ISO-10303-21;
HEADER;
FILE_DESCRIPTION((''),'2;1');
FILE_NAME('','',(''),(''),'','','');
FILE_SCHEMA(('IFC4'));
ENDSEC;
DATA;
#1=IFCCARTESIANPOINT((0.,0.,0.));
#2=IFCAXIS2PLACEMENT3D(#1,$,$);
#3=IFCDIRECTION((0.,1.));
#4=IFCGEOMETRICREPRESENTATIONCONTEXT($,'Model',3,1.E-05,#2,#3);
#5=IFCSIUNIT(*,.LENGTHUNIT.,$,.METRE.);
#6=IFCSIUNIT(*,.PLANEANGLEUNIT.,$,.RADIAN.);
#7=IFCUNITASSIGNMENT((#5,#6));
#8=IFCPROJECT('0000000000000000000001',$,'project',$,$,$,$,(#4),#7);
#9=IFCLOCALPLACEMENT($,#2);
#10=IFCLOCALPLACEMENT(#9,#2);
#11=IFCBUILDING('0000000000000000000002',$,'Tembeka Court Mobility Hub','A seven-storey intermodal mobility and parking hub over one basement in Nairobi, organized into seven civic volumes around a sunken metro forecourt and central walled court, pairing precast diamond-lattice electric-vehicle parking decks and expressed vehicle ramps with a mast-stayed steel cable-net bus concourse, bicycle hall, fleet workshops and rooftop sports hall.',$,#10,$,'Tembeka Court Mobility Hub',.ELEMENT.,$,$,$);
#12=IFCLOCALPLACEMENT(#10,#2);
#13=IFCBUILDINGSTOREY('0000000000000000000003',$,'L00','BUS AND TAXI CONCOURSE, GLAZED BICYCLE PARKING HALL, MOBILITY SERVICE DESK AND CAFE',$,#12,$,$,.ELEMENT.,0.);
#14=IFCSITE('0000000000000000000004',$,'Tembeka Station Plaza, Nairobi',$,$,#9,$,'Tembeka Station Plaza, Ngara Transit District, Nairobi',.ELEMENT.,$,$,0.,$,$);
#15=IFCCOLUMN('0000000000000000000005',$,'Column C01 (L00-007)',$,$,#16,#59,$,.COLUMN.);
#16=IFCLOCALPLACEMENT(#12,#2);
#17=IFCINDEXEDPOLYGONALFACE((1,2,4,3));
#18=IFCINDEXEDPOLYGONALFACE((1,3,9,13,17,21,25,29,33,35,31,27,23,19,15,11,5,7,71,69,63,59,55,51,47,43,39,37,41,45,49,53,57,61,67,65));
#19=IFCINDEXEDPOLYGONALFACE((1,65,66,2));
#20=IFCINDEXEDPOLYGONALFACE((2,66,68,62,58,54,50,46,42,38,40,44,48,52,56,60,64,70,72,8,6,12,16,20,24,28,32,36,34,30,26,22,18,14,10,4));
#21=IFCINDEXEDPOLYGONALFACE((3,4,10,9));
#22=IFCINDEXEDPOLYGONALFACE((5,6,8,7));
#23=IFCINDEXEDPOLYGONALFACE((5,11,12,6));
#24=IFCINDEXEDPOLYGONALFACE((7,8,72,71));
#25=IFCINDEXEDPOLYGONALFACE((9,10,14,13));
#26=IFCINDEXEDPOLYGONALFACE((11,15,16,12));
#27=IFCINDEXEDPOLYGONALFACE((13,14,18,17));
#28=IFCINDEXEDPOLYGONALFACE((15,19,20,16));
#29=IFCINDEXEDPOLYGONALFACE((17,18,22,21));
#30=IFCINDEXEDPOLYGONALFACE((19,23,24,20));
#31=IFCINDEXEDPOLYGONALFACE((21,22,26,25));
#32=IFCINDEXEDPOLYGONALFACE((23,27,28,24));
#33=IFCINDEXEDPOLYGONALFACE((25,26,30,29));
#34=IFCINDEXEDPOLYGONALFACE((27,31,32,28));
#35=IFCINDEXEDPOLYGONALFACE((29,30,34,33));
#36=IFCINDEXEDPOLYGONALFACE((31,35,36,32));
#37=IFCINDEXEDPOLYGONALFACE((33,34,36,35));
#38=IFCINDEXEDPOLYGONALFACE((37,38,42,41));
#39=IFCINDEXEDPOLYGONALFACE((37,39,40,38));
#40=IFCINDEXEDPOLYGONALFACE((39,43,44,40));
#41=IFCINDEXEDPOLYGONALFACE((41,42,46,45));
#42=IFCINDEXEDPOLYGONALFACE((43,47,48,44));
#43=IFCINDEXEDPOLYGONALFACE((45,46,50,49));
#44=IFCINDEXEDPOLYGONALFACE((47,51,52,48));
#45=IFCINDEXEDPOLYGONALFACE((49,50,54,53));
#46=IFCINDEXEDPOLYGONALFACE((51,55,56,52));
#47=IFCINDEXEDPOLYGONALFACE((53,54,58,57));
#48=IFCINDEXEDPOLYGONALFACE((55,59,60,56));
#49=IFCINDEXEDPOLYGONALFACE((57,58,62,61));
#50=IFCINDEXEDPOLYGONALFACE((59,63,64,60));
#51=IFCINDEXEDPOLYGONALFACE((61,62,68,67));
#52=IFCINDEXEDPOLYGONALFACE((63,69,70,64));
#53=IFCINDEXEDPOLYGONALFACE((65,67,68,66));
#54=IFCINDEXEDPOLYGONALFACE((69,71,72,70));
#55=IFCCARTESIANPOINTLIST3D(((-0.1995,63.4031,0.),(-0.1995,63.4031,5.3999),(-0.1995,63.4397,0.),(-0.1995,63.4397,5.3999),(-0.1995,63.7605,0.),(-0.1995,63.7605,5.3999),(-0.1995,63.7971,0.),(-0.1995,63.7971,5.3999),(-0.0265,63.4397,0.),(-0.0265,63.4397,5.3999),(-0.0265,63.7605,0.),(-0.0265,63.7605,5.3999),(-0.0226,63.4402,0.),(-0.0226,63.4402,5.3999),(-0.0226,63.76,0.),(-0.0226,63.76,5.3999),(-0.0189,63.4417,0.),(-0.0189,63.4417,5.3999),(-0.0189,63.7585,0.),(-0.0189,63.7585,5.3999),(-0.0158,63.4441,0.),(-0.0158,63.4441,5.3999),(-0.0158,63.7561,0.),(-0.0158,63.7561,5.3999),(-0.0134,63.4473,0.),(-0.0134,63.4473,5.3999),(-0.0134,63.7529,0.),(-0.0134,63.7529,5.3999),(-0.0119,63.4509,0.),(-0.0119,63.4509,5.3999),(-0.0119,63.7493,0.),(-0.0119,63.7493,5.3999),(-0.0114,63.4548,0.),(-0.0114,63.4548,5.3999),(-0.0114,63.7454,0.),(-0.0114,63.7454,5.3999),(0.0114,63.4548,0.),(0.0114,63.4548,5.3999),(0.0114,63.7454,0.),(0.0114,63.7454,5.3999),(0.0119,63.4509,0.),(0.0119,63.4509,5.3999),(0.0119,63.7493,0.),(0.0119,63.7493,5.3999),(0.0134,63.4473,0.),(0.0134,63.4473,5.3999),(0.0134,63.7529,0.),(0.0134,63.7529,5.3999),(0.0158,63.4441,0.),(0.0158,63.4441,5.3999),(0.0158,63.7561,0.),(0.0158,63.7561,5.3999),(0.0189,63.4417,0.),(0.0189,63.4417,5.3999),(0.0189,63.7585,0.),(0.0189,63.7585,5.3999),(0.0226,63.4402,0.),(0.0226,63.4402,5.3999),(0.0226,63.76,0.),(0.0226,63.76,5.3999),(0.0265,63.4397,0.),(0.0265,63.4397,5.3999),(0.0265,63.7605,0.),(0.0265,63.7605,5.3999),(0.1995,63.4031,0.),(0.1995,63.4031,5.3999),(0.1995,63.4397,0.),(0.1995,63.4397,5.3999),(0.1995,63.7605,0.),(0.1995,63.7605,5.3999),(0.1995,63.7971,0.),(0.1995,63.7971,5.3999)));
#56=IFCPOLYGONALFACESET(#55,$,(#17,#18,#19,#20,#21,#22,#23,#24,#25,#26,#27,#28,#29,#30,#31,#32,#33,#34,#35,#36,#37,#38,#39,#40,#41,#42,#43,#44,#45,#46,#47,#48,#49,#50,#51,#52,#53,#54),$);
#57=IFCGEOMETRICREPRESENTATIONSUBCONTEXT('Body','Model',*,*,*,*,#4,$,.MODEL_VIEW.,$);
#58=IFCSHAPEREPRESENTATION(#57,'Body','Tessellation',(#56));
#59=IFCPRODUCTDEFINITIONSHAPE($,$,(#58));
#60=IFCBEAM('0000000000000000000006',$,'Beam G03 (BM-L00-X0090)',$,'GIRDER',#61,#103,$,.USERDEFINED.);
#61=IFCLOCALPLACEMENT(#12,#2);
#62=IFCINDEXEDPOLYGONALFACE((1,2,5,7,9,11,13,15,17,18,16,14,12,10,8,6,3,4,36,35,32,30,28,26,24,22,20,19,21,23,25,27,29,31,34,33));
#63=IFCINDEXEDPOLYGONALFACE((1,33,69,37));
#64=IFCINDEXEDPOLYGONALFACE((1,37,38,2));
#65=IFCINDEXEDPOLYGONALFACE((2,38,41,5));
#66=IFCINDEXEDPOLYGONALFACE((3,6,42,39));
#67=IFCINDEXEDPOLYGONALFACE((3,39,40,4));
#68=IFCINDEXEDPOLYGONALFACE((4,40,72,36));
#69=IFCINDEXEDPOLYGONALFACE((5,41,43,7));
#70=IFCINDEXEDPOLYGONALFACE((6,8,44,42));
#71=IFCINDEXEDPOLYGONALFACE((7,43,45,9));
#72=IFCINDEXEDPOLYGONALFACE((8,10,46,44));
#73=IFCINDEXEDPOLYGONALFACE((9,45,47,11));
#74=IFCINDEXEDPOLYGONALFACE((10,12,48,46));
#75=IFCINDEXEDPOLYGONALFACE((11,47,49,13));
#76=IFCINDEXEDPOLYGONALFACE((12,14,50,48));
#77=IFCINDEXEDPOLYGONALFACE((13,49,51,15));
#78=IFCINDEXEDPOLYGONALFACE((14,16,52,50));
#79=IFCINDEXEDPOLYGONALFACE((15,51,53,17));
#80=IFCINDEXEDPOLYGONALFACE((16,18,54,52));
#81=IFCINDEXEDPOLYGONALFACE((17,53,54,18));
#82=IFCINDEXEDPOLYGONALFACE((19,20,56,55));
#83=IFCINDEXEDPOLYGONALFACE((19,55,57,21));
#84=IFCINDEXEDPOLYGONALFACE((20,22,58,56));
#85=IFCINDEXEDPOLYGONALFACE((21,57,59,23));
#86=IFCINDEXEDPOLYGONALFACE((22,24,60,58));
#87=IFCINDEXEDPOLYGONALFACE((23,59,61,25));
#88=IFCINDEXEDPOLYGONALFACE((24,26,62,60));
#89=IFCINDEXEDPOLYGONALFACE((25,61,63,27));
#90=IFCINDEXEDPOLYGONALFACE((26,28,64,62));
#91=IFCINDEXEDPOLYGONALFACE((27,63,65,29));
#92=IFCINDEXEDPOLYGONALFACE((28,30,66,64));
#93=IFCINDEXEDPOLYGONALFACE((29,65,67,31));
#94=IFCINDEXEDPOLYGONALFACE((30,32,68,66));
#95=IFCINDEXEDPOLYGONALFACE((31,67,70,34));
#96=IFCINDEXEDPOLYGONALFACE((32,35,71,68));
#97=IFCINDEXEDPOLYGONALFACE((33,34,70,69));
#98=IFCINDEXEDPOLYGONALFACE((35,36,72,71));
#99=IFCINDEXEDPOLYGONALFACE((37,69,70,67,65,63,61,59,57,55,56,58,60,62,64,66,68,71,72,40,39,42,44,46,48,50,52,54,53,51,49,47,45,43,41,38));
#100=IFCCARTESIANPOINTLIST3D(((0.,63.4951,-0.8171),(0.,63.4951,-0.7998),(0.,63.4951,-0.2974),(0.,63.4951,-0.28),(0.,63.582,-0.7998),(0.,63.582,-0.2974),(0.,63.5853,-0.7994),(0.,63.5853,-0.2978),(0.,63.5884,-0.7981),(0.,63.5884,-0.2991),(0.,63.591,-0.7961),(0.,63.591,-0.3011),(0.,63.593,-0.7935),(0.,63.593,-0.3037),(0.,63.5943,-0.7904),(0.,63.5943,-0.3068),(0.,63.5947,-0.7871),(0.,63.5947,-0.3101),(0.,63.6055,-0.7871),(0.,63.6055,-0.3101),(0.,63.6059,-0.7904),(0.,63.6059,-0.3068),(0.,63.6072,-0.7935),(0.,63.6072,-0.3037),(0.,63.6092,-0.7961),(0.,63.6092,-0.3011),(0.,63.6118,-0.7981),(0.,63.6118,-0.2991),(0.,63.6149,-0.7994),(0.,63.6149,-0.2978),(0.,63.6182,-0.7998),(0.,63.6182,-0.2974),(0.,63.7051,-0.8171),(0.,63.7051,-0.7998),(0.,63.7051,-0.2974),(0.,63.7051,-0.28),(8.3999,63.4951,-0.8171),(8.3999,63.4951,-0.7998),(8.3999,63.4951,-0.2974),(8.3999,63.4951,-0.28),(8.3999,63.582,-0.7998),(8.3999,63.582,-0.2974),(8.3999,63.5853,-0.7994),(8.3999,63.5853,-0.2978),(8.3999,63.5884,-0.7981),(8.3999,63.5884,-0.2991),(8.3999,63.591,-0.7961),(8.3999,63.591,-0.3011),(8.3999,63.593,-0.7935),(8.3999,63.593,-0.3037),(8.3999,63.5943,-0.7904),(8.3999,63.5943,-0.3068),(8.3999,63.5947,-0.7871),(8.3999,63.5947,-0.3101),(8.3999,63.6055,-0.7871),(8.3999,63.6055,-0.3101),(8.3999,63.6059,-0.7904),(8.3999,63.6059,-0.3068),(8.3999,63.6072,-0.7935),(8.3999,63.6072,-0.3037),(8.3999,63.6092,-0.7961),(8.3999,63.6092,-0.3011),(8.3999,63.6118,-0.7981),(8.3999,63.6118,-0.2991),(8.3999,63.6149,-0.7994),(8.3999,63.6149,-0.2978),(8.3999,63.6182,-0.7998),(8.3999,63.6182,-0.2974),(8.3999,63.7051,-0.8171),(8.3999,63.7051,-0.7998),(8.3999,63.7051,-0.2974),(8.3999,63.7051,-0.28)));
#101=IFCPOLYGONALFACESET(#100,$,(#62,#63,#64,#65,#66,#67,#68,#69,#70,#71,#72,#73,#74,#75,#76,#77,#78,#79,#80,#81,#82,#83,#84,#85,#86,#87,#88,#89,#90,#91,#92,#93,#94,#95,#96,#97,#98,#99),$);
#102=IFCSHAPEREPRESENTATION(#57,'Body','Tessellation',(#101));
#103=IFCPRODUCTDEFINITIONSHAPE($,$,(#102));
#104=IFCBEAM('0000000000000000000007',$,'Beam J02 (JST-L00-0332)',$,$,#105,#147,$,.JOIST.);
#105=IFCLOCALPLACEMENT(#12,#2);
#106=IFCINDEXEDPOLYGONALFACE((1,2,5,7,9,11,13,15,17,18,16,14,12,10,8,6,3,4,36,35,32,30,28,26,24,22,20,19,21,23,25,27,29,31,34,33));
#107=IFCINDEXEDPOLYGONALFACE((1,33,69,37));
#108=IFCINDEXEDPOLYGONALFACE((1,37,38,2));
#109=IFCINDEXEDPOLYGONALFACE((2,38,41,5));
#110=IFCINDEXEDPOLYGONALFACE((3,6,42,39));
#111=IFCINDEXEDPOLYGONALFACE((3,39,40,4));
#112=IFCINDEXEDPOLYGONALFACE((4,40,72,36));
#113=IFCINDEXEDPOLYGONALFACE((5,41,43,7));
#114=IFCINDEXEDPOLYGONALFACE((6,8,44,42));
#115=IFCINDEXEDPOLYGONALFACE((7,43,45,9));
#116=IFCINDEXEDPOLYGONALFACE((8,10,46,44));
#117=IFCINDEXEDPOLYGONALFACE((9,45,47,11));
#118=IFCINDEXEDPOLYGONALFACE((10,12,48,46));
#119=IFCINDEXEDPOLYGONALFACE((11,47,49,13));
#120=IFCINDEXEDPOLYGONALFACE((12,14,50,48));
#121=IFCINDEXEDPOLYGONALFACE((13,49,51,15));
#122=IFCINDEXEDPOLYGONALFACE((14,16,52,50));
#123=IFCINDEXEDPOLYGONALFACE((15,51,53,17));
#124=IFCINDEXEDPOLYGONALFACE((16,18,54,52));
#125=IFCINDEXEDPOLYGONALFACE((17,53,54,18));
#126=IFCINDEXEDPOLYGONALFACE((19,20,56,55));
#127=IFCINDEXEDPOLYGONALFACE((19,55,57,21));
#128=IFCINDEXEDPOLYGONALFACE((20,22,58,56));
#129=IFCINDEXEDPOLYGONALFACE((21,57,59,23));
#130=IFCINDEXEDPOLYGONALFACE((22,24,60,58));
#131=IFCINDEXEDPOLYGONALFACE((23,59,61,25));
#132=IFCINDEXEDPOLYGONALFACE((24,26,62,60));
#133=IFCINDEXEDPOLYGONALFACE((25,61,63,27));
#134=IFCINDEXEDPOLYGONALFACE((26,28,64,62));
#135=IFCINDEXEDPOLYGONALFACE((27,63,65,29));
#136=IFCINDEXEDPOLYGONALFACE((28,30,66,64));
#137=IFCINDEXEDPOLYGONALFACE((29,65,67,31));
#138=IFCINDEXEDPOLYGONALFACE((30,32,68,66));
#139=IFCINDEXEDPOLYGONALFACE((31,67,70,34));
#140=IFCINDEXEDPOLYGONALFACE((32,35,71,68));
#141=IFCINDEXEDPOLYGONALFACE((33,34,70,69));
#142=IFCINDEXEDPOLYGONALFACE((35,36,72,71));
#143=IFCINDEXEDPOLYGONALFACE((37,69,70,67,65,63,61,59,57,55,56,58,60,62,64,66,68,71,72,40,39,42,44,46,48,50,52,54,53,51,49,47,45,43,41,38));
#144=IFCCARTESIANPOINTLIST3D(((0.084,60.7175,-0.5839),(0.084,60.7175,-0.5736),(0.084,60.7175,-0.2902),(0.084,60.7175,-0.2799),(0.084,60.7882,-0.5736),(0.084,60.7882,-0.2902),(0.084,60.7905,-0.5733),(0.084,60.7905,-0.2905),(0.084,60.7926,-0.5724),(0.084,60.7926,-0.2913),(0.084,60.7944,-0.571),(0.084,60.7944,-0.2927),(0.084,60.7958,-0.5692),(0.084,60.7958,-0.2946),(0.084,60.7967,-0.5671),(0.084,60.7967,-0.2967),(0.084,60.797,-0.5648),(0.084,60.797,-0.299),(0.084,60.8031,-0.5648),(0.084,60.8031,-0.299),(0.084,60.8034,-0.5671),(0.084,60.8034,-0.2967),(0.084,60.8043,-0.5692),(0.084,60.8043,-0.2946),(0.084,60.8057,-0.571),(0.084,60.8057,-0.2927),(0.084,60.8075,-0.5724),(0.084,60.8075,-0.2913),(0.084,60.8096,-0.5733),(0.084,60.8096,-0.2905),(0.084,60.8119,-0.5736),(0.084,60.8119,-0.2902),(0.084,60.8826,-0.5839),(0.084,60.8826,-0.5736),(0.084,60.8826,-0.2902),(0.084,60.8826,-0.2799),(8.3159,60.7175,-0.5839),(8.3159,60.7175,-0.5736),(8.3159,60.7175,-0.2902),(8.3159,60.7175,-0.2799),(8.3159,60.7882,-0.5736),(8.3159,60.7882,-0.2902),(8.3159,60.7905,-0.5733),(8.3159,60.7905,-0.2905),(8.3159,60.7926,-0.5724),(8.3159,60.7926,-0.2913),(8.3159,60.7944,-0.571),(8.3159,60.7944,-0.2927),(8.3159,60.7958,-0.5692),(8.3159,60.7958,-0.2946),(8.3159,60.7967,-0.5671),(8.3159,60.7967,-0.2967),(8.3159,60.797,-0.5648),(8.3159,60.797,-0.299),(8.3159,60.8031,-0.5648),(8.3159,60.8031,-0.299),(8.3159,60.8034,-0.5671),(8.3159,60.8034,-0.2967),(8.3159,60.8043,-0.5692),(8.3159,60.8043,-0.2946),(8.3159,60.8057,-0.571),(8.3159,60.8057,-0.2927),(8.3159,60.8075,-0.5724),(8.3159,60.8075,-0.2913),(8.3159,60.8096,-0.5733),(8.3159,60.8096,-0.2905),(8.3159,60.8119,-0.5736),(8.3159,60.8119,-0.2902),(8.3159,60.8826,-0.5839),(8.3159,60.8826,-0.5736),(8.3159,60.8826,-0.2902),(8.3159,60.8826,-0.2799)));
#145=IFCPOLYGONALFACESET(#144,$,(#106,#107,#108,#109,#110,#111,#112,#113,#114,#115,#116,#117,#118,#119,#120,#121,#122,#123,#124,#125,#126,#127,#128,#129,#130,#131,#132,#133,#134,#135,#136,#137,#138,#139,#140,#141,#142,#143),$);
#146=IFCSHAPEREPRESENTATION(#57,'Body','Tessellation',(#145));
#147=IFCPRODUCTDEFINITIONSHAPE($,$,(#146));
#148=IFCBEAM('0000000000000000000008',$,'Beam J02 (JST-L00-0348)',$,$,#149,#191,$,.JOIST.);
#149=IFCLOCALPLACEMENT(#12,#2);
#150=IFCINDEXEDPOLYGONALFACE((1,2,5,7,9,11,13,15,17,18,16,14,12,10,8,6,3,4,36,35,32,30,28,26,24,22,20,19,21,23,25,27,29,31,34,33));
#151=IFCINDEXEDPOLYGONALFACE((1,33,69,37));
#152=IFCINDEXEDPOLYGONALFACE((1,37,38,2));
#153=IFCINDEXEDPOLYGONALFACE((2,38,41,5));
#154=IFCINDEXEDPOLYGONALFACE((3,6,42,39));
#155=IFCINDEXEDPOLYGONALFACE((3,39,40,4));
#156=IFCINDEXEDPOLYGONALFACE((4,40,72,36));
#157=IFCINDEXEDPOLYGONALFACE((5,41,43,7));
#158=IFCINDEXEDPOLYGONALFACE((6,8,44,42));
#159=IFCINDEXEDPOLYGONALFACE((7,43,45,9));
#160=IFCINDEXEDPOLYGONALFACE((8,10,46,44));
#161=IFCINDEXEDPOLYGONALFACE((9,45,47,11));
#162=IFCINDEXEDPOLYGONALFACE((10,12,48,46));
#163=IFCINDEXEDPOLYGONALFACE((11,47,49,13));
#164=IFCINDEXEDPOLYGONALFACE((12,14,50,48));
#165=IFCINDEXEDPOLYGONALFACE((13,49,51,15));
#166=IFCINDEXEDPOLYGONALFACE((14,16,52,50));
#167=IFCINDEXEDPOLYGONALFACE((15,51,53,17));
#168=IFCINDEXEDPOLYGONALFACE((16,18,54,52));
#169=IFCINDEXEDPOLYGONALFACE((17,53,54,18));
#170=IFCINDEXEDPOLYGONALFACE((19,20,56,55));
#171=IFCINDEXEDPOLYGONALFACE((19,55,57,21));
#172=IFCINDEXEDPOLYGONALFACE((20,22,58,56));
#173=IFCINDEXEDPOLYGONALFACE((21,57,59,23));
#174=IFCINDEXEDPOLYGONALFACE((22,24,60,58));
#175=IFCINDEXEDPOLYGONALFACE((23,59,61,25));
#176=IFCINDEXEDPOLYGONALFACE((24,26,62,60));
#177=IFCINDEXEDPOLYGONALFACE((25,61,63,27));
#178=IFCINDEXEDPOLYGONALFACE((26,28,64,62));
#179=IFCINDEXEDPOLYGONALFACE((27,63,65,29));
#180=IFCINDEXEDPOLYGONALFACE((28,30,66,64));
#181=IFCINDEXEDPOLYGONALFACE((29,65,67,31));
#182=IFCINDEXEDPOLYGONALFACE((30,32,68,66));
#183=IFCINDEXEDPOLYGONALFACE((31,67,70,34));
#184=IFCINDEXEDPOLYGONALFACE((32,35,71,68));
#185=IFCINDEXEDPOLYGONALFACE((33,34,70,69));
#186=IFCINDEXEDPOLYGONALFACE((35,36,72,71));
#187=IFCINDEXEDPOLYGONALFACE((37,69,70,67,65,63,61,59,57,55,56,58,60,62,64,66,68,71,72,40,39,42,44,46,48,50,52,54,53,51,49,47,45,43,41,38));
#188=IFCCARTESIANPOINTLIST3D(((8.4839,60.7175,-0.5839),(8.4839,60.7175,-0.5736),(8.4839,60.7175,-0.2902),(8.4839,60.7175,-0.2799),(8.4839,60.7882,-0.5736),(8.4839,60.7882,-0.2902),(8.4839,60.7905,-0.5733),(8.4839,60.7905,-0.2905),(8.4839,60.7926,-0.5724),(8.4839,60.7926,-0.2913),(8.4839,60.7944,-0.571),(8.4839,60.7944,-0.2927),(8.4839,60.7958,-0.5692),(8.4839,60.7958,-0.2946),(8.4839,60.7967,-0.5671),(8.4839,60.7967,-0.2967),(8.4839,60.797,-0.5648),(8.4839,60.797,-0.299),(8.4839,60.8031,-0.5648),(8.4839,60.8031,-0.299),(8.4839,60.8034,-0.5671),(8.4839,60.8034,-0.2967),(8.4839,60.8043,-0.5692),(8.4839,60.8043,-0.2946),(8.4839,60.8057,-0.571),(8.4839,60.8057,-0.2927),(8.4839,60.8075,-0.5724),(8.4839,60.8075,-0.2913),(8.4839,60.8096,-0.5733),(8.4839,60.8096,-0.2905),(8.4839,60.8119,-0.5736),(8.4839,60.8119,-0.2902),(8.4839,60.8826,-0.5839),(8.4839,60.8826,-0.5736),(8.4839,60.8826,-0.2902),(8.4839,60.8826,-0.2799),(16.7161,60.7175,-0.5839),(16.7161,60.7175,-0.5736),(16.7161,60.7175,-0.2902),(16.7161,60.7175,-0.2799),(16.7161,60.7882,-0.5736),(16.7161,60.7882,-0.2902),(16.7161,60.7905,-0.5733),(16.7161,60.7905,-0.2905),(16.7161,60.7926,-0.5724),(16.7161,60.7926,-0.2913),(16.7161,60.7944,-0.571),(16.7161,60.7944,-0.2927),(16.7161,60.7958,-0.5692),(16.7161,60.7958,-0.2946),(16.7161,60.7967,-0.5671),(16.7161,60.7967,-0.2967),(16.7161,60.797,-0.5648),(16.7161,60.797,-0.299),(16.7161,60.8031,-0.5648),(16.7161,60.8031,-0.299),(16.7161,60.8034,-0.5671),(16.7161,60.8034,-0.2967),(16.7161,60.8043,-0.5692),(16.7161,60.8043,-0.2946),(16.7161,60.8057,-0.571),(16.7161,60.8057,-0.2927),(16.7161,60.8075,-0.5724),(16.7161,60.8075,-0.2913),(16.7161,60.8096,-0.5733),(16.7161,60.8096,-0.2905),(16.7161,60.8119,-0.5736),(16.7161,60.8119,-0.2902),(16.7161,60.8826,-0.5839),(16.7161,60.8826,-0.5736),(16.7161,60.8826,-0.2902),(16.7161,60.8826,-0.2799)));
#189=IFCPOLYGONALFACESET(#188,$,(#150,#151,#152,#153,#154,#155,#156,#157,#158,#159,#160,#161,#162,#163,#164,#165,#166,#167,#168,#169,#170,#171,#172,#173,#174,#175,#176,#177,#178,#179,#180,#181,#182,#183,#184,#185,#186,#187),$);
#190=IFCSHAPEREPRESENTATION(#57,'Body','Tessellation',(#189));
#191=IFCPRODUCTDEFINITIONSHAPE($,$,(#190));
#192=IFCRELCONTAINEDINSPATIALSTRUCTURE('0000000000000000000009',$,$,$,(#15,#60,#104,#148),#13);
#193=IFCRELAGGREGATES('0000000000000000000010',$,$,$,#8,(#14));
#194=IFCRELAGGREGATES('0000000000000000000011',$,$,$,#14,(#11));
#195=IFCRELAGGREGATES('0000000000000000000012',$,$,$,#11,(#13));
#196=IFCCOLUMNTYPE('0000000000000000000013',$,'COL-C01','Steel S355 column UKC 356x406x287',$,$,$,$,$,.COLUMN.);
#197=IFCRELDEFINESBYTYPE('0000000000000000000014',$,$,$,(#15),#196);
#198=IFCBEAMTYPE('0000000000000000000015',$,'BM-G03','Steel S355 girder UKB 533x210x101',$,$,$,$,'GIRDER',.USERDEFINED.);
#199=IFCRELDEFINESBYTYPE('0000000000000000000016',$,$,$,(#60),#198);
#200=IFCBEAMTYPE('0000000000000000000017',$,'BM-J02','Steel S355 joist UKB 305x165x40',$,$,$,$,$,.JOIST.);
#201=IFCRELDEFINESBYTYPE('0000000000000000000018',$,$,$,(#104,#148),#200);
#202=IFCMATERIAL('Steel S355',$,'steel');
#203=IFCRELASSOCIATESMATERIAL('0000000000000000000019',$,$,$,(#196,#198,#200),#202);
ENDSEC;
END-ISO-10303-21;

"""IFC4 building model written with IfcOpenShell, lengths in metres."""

from ifc_helpers import new_model, si_unit, direction, frame, origin, origin_2d, place, context, subcontext, project, spatial, i_section, extrude, material, material_profile, profile_set, type_object, element, save


model = new_model("IFC4")

# Units and contexts
model_context = context("Model", 3, precision=1e-05, world=origin(), true_north=direction((0.0, 1.0)))
body_context = subcontext(model_context, "Body", "Model", "MODEL_VIEW")
ifc_project = project(units=[si_unit("LENGTHUNIT", "METRE"), si_unit("PLANEANGLEUNIT", "RADIAN")], contexts=[model_context])

# Site, building, storey
site_placement = place(None, origin())
site = spatial("IfcSite", under=ifc_project, at=site_placement, Name="Tembeka Station Plaza, Nairobi", LongName="Tembeka Station Plaza, Ngara Transit District, Nairobi", CompositionType="ELEMENT", RefElevation=0.0)
building_placement = place(site_placement, origin())
building = spatial("IfcBuilding", under=site, at=building_placement, Name="Tembeka Court Mobility Hub", Description="A seven-storey intermodal mobility and parking hub over one basement in Nairobi, organized into seven civic volumes around a sunken metro forecourt and central walled court, pairing precast diamond-lattice electric-vehicle parking decks and expressed vehicle ramps with a mast-stayed steel cable-net bus concourse, bicycle hall, fleet workshops and rooftop sports hall.", LongName="Tembeka Court Mobility Hub", CompositionType="ELEMENT")
storey_placement = place(building_placement, origin())
storey = spatial("IfcBuildingStorey", under=building, at=storey_placement, Name="L00", Description="BUS AND TAXI CONCOURSE, GLAZED BICYCLE PARKING HALL, MOBILITY SERVICE DESK AND CAFE", CompositionType="ELEMENT", Elevation=0.0)

# Column
ifc_material_1 = material(Name="Steel S355", Category="steel")
ifc_material_profile_1 = material_profile(ifc_material_1, i_section(OverallWidth=0.3989, OverallDepth=0.394, WebThickness=0.0227, FlangeThickness=0.0366, FilletRadius=0.0151, at=origin_2d()), Name="UKC 356x406x287")
ifc_profile_set_1 = profile_set([ifc_material_profile_1], Name="Steel S355")
column_type = type_object("IfcColumnType", Name="COL-C01", Description="Steel S355 column UKC 356x406x287", PredefinedType="COLUMN", material=ifc_profile_set_1)
column_placement = place(storey_placement, frame((0.0, 63.6001, 0.0), z_axis=(0.0, 0.0, 1.0), x_axis=(1.0, 0.0, 0.0)))
element("IfcColumn", 1, at=column_placement, inside=storey, type_object=column_type, Name="Column C01 (L00-007)", PredefinedType="COLUMN", context=body_context, shape_type="SweptSolid", body=[
    extrude(i_section(OverallWidth=0.3989, OverallDepth=0.394, WebThickness=0.0227, FlangeThickness=0.0366, FilletRadius=0.0151, at=origin_2d()), origin(), (0.0, 0.0, 1.0), 5.3999),
])

# Beams
ifc_material_profile_2 = material_profile(ifc_material_1, i_section(OverallWidth=0.21, OverallDepth=0.5371, WebThickness=0.0107, FlangeThickness=0.0173, FilletRadius=0.0127, at=origin_2d()), Name="UKB 533x210x101")
ifc_profile_set_2 = profile_set([ifc_material_profile_2], Name="Steel S355")
beam_type_1 = type_object("IfcBeamType", Name="BM-G03", Description="Steel S355 girder UKB 533x210x101", ElementType="GIRDER", PredefinedType="USERDEFINED", material=ifc_profile_set_2)
beam_1_placement = place(storey_placement, frame((0.0, 63.6001, -0.5486), z_axis=(1.0, 0.0, 0.0), x_axis=(0.0, 1.0, 0.0)))
element("IfcBeam", 2, at=beam_1_placement, inside=storey, type_object=beam_type_1, Name="Beam G03 (BM-L00-X0090)", ObjectType="GIRDER", PredefinedType="USERDEFINED", context=body_context, shape_type="SweptSolid", body=[
    extrude(i_section(OverallWidth=0.21, OverallDepth=0.5371, WebThickness=0.0107, FlangeThickness=0.0173, FilletRadius=0.0127, at=origin_2d()), origin(), (0.0, 0.0, 1.0), 8.3999),
])
ifc_material_profile_3 = material_profile(ifc_material_1, i_section(OverallWidth=0.165, OverallDepth=0.304, WebThickness=0.0061, FlangeThickness=0.0103, FilletRadius=0.0088, at=origin_2d()), Name="UKB 305x165x40")
ifc_profile_set_3 = profile_set([ifc_material_profile_3], Name="Steel S355")
beam_type_2 = type_object("IfcBeamType", Name="BM-J02", Description="Steel S355 joist UKB 305x165x40", PredefinedType="JOIST", material=ifc_profile_set_3)
beam_2_placement = place(storey_placement, frame((0.084, 60.8, -0.4319), z_axis=(1.0, 0.0, 0.0), x_axis=(0.0, 1.0, 0.0)))
element("IfcBeam", 3, at=beam_2_placement, inside=storey, type_object=beam_type_2, Name="Beam J02 (JST-L00-0332)", PredefinedType="JOIST", context=body_context, shape_type="SweptSolid", body=[
    extrude(i_section(OverallWidth=0.165, OverallDepth=0.304, WebThickness=0.0061, FlangeThickness=0.0103, FilletRadius=0.0088, at=origin_2d()), origin(), (0.0, 0.0, 1.0), 8.2319),
])
beam_3_placement = place(storey_placement, frame((8.4839, 60.8, -0.4319), z_axis=(1.0, 0.0, 0.0), x_axis=(0.0, 1.0, 0.0)))
element("IfcBeam", 4, at=beam_3_placement, inside=storey, type_object=beam_type_2, Name="Beam J02 (JST-L00-0348)", PredefinedType="JOIST", context=body_context, shape_type="SweptSolid", body=[
    extrude(i_section(OverallWidth=0.165, OverallDepth=0.304, WebThickness=0.0061, FlangeThickness=0.0103, FilletRadius=0.0088, at=origin_2d()), origin(), (0.0, 0.0, 1.0), 8.2322),
])

save(model, "model.ifc")
